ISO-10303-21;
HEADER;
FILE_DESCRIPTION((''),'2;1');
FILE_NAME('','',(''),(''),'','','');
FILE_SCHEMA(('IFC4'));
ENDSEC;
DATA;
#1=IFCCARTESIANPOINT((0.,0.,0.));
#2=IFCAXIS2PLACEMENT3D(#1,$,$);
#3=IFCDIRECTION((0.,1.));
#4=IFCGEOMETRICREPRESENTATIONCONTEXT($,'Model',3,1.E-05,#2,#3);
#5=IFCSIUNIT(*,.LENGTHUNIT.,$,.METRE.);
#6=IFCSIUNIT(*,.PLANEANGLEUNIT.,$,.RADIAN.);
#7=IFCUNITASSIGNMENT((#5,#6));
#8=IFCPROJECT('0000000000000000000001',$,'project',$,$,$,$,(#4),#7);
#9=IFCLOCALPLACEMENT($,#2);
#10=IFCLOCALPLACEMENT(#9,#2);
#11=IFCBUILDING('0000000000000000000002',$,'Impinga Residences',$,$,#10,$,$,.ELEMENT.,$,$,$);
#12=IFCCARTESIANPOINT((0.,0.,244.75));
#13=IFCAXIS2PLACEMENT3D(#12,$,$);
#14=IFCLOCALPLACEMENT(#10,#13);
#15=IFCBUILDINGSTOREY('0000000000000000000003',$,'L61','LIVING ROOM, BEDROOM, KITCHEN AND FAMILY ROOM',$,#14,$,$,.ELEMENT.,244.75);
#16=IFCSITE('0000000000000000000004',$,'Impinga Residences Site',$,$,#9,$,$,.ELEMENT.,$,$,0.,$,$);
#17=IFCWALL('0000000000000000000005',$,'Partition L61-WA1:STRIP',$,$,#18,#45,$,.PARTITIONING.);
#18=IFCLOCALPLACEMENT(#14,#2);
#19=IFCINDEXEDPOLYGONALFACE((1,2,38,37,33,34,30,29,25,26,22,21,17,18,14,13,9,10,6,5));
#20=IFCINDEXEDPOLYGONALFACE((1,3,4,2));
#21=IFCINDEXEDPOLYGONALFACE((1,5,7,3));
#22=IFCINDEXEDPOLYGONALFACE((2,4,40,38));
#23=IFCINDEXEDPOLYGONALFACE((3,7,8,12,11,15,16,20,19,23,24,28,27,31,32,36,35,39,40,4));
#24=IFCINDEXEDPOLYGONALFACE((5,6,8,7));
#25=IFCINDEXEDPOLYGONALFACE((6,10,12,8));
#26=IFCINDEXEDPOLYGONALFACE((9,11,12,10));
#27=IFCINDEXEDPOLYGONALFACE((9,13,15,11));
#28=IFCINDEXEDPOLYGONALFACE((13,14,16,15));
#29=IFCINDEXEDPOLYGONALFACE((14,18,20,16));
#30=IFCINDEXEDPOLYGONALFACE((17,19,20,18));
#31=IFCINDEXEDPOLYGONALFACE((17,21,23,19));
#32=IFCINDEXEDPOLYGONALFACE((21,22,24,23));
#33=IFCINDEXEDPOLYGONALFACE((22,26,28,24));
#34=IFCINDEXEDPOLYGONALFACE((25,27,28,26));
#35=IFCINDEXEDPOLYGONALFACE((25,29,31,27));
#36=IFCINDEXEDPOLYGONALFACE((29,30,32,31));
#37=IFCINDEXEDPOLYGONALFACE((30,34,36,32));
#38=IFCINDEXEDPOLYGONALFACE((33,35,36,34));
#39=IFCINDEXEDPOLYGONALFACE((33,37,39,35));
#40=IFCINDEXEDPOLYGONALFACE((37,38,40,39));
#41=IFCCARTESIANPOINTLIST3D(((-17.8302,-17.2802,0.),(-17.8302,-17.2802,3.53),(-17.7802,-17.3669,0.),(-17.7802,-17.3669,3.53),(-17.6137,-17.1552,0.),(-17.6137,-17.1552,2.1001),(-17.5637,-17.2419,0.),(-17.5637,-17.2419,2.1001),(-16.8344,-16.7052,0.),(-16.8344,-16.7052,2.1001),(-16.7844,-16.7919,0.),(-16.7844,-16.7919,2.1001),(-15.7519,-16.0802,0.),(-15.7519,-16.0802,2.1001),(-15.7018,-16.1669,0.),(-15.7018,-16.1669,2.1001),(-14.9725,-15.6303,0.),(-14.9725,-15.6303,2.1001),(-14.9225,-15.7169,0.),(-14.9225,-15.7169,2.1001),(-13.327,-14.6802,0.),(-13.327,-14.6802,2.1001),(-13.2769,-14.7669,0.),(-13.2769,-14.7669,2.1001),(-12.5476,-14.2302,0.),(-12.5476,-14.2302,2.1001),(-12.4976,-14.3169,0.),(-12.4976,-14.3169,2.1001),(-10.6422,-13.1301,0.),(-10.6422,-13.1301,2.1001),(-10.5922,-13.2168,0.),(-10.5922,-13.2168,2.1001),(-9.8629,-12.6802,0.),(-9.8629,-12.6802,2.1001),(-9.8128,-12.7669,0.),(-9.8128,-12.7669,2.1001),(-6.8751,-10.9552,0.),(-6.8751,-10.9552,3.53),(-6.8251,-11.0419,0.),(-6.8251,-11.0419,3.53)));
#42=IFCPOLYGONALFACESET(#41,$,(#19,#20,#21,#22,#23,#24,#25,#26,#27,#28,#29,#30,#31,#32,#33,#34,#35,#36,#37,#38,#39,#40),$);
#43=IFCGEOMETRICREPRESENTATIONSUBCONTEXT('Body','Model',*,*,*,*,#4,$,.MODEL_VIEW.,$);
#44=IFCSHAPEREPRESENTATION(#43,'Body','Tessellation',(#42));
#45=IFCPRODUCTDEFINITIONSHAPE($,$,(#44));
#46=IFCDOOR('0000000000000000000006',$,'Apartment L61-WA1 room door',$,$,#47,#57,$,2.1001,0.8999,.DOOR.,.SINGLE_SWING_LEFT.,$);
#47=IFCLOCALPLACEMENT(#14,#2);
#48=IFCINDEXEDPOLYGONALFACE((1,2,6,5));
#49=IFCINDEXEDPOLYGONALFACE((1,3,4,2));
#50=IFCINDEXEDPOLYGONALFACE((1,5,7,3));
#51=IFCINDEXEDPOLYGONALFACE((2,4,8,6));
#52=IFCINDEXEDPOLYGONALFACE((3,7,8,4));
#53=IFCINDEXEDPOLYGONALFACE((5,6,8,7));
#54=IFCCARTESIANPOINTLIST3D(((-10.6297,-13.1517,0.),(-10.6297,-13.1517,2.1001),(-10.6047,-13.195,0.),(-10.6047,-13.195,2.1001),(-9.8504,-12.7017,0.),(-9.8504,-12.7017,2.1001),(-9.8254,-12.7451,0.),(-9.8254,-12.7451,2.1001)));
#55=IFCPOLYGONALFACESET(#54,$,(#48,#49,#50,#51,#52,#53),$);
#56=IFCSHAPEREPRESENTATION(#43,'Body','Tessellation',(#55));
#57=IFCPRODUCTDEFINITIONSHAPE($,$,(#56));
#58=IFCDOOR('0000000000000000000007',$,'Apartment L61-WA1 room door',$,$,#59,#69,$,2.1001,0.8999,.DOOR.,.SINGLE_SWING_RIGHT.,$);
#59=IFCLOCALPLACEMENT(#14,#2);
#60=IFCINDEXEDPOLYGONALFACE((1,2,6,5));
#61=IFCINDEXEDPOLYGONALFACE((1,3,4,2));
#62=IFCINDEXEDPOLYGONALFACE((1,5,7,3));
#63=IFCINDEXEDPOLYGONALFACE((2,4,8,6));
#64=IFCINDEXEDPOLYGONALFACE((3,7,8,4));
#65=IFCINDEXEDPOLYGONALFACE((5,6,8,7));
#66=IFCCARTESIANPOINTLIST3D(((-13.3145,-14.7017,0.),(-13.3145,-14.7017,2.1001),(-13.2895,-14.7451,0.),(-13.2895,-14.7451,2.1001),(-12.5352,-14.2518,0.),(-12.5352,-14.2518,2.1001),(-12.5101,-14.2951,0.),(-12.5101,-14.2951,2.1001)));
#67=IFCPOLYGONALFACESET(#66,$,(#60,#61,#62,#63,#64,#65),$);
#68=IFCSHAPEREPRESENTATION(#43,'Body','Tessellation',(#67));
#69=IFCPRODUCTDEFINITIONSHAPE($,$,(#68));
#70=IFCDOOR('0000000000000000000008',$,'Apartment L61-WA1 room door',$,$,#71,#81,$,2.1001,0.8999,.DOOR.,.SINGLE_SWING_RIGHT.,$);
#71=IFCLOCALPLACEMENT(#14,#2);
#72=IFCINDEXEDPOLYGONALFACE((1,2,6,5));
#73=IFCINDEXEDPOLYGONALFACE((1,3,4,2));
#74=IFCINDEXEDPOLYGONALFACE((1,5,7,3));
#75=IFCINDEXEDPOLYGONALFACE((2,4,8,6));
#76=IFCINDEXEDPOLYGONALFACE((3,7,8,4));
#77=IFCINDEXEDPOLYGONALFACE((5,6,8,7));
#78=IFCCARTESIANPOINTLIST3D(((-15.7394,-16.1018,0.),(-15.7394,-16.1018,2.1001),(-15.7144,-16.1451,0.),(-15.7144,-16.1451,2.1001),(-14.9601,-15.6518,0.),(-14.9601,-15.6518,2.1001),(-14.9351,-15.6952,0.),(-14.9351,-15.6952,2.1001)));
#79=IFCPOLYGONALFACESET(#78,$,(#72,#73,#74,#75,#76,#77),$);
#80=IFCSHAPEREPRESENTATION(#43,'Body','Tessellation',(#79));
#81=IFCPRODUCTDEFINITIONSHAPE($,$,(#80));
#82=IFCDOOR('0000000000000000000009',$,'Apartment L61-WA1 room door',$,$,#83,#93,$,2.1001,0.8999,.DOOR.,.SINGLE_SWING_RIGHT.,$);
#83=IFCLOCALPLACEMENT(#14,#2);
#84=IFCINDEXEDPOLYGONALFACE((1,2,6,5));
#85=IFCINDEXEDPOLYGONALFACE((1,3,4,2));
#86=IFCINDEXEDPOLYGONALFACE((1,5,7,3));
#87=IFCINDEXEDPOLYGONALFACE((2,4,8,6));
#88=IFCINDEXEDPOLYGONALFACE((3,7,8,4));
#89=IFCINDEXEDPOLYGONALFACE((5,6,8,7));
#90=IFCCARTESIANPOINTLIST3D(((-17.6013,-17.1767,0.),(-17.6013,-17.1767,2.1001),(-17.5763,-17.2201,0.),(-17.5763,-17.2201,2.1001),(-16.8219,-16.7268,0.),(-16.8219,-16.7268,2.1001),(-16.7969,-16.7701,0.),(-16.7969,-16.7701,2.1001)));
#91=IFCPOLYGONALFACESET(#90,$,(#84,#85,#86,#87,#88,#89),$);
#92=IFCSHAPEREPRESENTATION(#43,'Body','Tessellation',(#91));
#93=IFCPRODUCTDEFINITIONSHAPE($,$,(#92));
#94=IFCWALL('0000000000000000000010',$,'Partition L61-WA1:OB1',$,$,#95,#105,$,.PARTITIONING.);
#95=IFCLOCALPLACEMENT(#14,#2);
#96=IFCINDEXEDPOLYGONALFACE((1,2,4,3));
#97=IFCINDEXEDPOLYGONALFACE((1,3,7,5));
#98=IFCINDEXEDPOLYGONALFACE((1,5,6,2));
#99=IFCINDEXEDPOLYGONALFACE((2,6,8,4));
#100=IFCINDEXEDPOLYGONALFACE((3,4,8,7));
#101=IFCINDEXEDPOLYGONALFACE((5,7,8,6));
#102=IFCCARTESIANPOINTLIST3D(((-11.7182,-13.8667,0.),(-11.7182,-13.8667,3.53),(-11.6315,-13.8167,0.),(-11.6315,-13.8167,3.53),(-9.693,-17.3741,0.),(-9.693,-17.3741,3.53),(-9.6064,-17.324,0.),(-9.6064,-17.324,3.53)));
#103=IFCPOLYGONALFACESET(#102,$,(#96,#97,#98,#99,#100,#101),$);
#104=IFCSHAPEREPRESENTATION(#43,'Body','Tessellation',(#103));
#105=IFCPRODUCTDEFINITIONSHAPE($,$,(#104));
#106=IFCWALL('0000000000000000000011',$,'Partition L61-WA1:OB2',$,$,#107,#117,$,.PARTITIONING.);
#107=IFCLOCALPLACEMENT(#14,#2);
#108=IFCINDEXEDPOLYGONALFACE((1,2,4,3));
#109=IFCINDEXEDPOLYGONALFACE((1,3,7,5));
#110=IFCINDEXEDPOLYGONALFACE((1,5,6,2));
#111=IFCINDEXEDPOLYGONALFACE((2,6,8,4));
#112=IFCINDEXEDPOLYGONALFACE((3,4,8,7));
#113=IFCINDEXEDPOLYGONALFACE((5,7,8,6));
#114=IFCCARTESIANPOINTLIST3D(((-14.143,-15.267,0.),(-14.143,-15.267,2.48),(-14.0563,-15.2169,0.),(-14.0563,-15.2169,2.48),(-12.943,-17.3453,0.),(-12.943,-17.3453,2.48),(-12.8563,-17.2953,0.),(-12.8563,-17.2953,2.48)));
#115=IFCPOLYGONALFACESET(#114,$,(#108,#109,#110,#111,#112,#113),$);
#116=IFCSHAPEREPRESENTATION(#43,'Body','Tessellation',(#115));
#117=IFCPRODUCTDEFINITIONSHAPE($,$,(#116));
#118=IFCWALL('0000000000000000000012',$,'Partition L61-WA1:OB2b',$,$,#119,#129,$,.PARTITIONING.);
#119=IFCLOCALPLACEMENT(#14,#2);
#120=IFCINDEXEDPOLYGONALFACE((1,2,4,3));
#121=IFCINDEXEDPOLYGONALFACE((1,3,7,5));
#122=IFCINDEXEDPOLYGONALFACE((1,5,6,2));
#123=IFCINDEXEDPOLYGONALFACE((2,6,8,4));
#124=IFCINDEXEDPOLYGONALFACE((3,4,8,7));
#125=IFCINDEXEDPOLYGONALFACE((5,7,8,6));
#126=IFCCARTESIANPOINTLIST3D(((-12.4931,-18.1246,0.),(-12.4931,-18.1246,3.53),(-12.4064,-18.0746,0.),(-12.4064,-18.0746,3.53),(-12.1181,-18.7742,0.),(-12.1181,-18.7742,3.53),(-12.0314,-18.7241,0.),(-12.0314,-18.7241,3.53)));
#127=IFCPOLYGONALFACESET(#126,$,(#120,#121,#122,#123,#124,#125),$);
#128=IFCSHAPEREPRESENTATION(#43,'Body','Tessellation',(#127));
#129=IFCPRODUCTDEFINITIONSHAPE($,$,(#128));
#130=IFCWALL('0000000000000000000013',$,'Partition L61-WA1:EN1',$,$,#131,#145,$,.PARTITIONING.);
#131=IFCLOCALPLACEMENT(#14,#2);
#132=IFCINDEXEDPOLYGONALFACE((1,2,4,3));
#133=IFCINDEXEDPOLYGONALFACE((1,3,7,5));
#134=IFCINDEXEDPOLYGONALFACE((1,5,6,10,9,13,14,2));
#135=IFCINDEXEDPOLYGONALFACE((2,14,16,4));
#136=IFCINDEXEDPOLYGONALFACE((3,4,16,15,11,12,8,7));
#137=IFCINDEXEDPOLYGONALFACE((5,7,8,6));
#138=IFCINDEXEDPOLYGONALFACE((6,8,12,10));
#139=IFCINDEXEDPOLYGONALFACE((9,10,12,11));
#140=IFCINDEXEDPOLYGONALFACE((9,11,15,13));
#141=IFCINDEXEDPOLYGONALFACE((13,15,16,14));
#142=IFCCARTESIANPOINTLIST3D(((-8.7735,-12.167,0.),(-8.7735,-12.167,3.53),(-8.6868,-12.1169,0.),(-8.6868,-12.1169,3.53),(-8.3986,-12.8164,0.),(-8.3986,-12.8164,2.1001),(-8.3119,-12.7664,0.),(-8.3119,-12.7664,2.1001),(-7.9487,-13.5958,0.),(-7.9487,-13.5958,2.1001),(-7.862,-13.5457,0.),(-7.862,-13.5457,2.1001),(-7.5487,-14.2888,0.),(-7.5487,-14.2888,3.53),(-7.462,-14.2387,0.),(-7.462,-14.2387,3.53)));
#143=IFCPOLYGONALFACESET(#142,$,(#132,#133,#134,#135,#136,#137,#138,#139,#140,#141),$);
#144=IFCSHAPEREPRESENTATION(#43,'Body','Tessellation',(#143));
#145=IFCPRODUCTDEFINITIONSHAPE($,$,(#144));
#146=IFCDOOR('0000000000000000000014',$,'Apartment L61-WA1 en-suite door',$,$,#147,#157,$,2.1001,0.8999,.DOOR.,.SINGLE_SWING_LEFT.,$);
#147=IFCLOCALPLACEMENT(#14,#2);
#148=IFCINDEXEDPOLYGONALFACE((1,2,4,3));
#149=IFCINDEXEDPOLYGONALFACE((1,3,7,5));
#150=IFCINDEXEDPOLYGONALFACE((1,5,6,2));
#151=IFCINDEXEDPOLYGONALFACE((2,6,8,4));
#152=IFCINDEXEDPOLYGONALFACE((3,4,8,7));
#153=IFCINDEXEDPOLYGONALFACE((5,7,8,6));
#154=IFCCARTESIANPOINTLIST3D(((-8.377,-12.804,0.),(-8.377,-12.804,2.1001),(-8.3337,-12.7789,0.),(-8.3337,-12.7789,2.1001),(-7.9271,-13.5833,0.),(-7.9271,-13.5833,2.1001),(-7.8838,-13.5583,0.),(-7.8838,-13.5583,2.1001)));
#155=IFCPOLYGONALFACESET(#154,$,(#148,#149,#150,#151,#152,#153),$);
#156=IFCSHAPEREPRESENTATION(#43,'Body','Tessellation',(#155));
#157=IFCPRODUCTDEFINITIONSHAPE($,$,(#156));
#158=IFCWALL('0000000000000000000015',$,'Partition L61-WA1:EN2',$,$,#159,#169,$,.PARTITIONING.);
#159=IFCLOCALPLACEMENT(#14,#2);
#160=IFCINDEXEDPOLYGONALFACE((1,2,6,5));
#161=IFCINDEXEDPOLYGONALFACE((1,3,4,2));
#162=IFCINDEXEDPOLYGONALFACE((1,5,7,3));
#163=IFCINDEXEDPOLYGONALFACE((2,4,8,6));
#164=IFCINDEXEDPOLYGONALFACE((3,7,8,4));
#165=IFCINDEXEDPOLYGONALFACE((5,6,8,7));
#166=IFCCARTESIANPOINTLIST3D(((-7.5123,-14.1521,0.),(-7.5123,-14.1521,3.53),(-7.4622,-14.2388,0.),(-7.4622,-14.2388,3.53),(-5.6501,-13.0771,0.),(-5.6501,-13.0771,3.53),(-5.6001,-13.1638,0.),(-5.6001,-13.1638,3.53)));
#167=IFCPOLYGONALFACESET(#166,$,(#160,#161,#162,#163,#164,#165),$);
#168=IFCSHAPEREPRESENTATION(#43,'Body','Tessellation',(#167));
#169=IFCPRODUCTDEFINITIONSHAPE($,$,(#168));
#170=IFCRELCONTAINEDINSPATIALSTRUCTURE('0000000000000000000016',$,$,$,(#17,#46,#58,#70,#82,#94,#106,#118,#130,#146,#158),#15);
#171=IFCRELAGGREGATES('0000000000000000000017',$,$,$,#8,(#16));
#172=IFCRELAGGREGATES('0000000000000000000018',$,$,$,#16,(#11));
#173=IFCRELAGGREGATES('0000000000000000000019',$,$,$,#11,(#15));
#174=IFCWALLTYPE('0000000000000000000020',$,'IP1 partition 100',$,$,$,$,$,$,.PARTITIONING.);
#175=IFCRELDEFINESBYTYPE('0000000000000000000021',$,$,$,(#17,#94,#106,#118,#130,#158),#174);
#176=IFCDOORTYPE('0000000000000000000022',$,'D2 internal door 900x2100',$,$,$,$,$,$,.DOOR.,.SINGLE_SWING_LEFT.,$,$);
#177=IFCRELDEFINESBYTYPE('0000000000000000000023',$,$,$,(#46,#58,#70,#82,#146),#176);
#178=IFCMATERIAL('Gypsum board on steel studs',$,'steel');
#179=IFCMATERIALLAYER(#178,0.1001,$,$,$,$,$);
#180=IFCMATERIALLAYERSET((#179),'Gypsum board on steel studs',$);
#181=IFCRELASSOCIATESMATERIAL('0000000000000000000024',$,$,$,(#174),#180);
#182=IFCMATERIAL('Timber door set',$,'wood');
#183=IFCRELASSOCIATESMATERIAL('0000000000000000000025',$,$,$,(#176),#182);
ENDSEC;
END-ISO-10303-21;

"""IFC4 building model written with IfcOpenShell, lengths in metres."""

from ifc_helpers import new_model, si_unit, direction, frame, frame_2d, origin, place, context, subcontext, project, spatial, rectangle, extrude, material, layer, layer_set, type_object, element, fill, save


model = new_model("IFC4")

# Units and contexts
model_context = context("Model", 3, precision=1e-05, world=origin(), true_north=direction((0.0, 1.0)))
body_context = subcontext(model_context, "Body", "Model", "MODEL_VIEW")
ifc_project = project(units=[si_unit("LENGTHUNIT", "METRE"), si_unit("PLANEANGLEUNIT", "RADIAN")], contexts=[model_context])

# Site, building, storey
site_placement = place(None, origin())
site = spatial("IfcSite", under=ifc_project, at=site_placement, Name="Impinga Residences Site", CompositionType="ELEMENT", RefElevation=0.0)
building_placement = place(site_placement, origin())
building = spatial("IfcBuilding", under=site, at=building_placement, Name="Impinga Residences", CompositionType="ELEMENT")
storey_placement = place(building_placement, frame((0.0, 0.0, 244.75)))
storey = spatial("IfcBuildingStorey", under=building, at=storey_placement, Name="L61", Description="LIVING ROOM, BEDROOM, KITCHEN AND FAMILY ROOM", CompositionType="ELEMENT", Elevation=244.75)

# Shared definitions
ifc_material_1 = material(Name="Gypsum board on steel studs", Category="steel")
ifc_layer_1 = layer(ifc_material_1, 0.1001)
ifc_layer_set_1 = layer_set([ifc_layer_1], Name="Gypsum board on steel studs")
wall_type_1 = type_object("IfcWallType", Name="IP1 partition 100", PredefinedType="PARTITIONING", material=ifc_layer_set_1)

# Wall, openings, doors
wall_1_placement = place(storey_placement, frame((-6.8501, -10.9985, 0.0), z_axis=(0.0, 0.0, 1.0), x_axis=(-0.866024, -0.500002, 0.0)))
wall_1 = element("IfcWall", 1, at=wall_1_placement, inside=storey, type_object=wall_type_1, Name="Partition L61-WA1:STRIP", PredefinedType="PARTITIONING", context=body_context, shape_type="SweptSolid", body=[
    extrude(rectangle(XDim=12.6499, YDim=0.1001, at=frame_2d((6.325, 0.0))), origin(), (0.0, 0.0, 1.0), 3.53),
])
opening_1_placement = place(wall_1_placement, frame((3.45, 0.0, 0.0)))
opening_1 = element("IfcOpeningElement", 2, at=opening_1_placement, cuts=wall_1, PredefinedType="OPENING", context=body_context, shape_type="SweptSolid", body=[
    extrude(rectangle(XDim=0.8999, YDim=2.1001, at=frame_2d((0.45, 1.05))), frame((0.0, 0.0601, 0.0), z_axis=(0.0, -1.0, 0.0), x_axis=(1.0, 0.0, 0.0)), (0.0, 0.0, 1.0), 0.1201),
])
opening_2_placement = place(wall_1_placement, frame((6.55, 0.0, 0.0)))
opening_2 = element("IfcOpeningElement", 3, at=opening_2_placement, cuts=wall_1, PredefinedType="OPENING", context=body_context, shape_type="SweptSolid", body=[
    extrude(rectangle(XDim=0.8999, YDim=2.1001, at=frame_2d((0.45, 1.05))), frame((0.0, 0.0601, 0.0), z_axis=(0.0, -1.0, 0.0), x_axis=(1.0, 0.0, 0.0)), (0.0, 0.0, 1.0), 0.1201),
])
opening_3_placement = place(wall_1_placement, frame((9.3501, 0.0, 0.0)))
opening_3 = element("IfcOpeningElement", 4, at=opening_3_placement, cuts=wall_1, PredefinedType="OPENING", context=body_context, shape_type="SweptSolid", body=[
    extrude(rectangle(XDim=0.8999, YDim=2.1001, at=frame_2d((0.45, 1.05))), frame((0.0, 0.0601, 0.0), z_axis=(0.0, -1.0, 0.0), x_axis=(1.0, 0.0, 0.0)), (0.0, 0.0, 1.0), 0.1201),
])
opening_4_placement = place(wall_1_placement, frame((11.5, 0.0, 0.0)))
opening_4 = element("IfcOpeningElement", 5, at=opening_4_placement, cuts=wall_1, PredefinedType="OPENING", context=body_context, shape_type="SweptSolid", body=[
    extrude(rectangle(XDim=0.8999, YDim=2.1001, at=frame_2d((0.45, 1.05))), frame((0.0, 0.0601, 0.0), z_axis=(0.0, -1.0, 0.0), x_axis=(1.0, 0.0, 0.0)), (0.0, 0.0, 1.0), 0.1201),
])
ifc_material_2 = material(Name="Timber door set", Category="wood")
door_type_1 = type_object("IfcDoorType", Name="D2 internal door 900x2100", OperationType="SINGLE_SWING_LEFT", PredefinedType="DOOR", material=ifc_material_2)
door_1_placement = place(opening_1_placement, origin())
door_1 = element("IfcDoor", 6, at=door_1_placement, inside=storey, type_object=door_type_1, Name="Apartment L61-WA1 room door", OperationType="SINGLE_SWING_LEFT", OverallHeight=2.1001, OverallWidth=0.8999, PredefinedType="DOOR", context=body_context, shape_type="SweptSolid", body=[
    extrude(rectangle(XDim=0.8999, YDim=2.1001, at=frame_2d((0.45, 1.05))), frame((0.0, 0.0249, 0.0), z_axis=(0.0, -1.0, 0.0), x_axis=(1.0, 0.0, 0.0)), (0.0, 0.0, 1.0), 0.05),
])
fill(opening_1, door_1)
door_2_placement = place(opening_2_placement, origin())
door_2 = element("IfcDoor", 7, at=door_2_placement, inside=storey, type_object=door_type_1, Name="Apartment L61-WA1 room door", OperationType="SINGLE_SWING_RIGHT", OverallHeight=2.1001, OverallWidth=0.8999, PredefinedType="DOOR", context=body_context, shape_type="SweptSolid", body=[
    extrude(rectangle(XDim=0.8999, YDim=2.1001, at=frame_2d((0.45, 1.05))), frame((0.0, 0.0249, 0.0), z_axis=(0.0, -1.0, 0.0), x_axis=(1.0, 0.0, 0.0)), (0.0, 0.0, 1.0), 0.05),
])
fill(opening_2, door_2)
door_3_placement = place(opening_3_placement, origin())
door_3 = element("IfcDoor", 8, at=door_3_placement, inside=storey, type_object=door_type_1, Name="Apartment L61-WA1 room door", OperationType="SINGLE_SWING_RIGHT", OverallHeight=2.1001, OverallWidth=0.8999, PredefinedType="DOOR", context=body_context, shape_type="SweptSolid", body=[
    extrude(rectangle(XDim=0.8999, YDim=2.1001, at=frame_2d((0.45, 1.05))), frame((0.0, 0.0249, 0.0), z_axis=(0.0, -1.0, 0.0), x_axis=(1.0, 0.0, 0.0)), (0.0, 0.0, 1.0), 0.05),
])
fill(opening_3, door_3)
door_4_placement = place(opening_4_placement, origin())
door_4 = element("IfcDoor", 9, at=door_4_placement, inside=storey, type_object=door_type_1, Name="Apartment L61-WA1 room door", OperationType="SINGLE_SWING_RIGHT", OverallHeight=2.1001, OverallWidth=0.8999, PredefinedType="DOOR", context=body_context, shape_type="SweptSolid", body=[
    extrude(rectangle(XDim=0.8999, YDim=2.1001, at=frame_2d((0.45, 1.05))), frame((0.0, 0.0249, 0.0), z_axis=(0.0, -1.0, 0.0), x_axis=(1.0, 0.0, 0.0)), (0.0, 0.0, 1.0), 0.05),
])
fill(opening_4, door_4)

# Walls
wall_2_placement = place(storey_placement, frame((-11.6748, -13.8418, 0.0), z_axis=(0.0, 0.0, 1.0), x_axis=(0.500036, -0.866005, 0.0)))
element("IfcWall", 10, at=wall_2_placement, inside=storey, type_object=wall_type_1, Name="Partition L61-WA1:OB1", PredefinedType="PARTITIONING", context=body_context, shape_type="SweptSolid", body=[
    extrude(rectangle(XDim=4.05, YDim=0.1001, at=frame_2d((2.0249, 0.0))), origin(), (0.0, 0.0, 1.0), 3.53),
])
wall_3_placement = place(storey_placement, frame((-14.0996, -15.2419, 0.0), z_axis=(0.0, 0.0, 1.0), x_axis=(0.500001, -0.866025, 0.0)))
element("IfcWall", 11, at=wall_3_placement, inside=storey, type_object=wall_type_1, Name="Partition L61-WA1:OB2", PredefinedType="PARTITIONING", context=body_context, shape_type="SweptSolid", body=[
    extrude(rectangle(XDim=2.3999, YDim=0.1001, at=frame_2d((1.2, 0.0))), origin(), (0.0, 0.0, 1.0), 2.48),
])
wall_4_placement = place(storey_placement, frame((-12.4497, -18.0996, 0.0), z_axis=(0.0, 0.0, 1.0), x_axis=(0.49992, -0.866072, 0.0)))
element("IfcWall", 12, at=wall_4_placement, inside=storey, type_object=wall_type_1, Name="Partition L61-WA1:OB2b", PredefinedType="PARTITIONING", context=body_context, shape_type="SweptSolid", body=[
    extrude(rectangle(XDim=0.75, YDim=0.1001, at=frame_2d((0.375, 0.0))), origin(), (0.0, 0.0, 1.0), 3.53),
])

# Wall, opening, door
wall_5_placement = place(storey_placement, frame((-8.7302, -12.1418, 0.0), z_axis=(0.0, 0.0, 1.0), x_axis=(0.499944, -0.866058, 0.0)))
wall_5 = element("IfcWall", 13, at=wall_5_placement, inside=storey, type_object=wall_type_1, Name="Partition L61-WA1:EN1", PredefinedType="PARTITIONING", context=body_context, shape_type="SweptSolid", body=[
    extrude(rectangle(XDim=2.45, YDim=0.1001, at=frame_2d((1.2251, 0.0))), origin(), (0.0, 0.0, 1.0), 3.53),
])
opening_5_placement = place(wall_5_placement, frame((0.75, 0.0, 0.0)))
opening_5 = element("IfcOpeningElement", 14, at=opening_5_placement, cuts=wall_5, PredefinedType="OPENING", context=body_context, shape_type="SweptSolid", body=[
    extrude(rectangle(XDim=0.8999, YDim=2.1001, at=frame_2d((0.45, 1.05))), frame((0.0, 0.0601, 0.0), z_axis=(0.0, -1.0, 0.0), x_axis=(1.0, 0.0, 0.0)), (0.0, 0.0, 1.0), 0.1201),
])
door_5_placement = place(opening_5_placement, origin())
door_5 = element("IfcDoor", 15, at=door_5_placement, inside=storey, type_object=door_type_1, Name="Apartment L61-WA1 en-suite door", OperationType="SINGLE_SWING_LEFT", OverallHeight=2.1001, OverallWidth=0.8999, PredefinedType="DOOR", context=body_context, shape_type="SweptSolid", body=[
    extrude(rectangle(XDim=0.8999, YDim=2.1001, at=frame_2d((0.45, 1.05))), frame((0.0, 0.0249, 0.0), z_axis=(0.0, -1.0, 0.0), x_axis=(1.0, 0.0, 0.0)), (0.0, 0.0, 1.0), 0.05),
])
fill(opening_5, door_5)

# Wall
wall_6_placement = place(storey_placement, frame((-5.625, -13.1204, 0.0), z_axis=(0.0, 0.0, 1.0), x_axis=(-0.866048, -0.499962, 0.0)))
element("IfcWall", 16, at=wall_6_placement, inside=storey, type_object=wall_type_1, Name="Partition L61-WA1:EN2", PredefinedType="PARTITIONING", context=body_context, shape_type="SweptSolid", body=[
    extrude(rectangle(XDim=2.1501, YDim=0.1001, at=frame_2d((1.0752, 0.0))), origin(), (0.0, 0.0, 1.0), 3.53),
])

save(model, "model.ifc")
